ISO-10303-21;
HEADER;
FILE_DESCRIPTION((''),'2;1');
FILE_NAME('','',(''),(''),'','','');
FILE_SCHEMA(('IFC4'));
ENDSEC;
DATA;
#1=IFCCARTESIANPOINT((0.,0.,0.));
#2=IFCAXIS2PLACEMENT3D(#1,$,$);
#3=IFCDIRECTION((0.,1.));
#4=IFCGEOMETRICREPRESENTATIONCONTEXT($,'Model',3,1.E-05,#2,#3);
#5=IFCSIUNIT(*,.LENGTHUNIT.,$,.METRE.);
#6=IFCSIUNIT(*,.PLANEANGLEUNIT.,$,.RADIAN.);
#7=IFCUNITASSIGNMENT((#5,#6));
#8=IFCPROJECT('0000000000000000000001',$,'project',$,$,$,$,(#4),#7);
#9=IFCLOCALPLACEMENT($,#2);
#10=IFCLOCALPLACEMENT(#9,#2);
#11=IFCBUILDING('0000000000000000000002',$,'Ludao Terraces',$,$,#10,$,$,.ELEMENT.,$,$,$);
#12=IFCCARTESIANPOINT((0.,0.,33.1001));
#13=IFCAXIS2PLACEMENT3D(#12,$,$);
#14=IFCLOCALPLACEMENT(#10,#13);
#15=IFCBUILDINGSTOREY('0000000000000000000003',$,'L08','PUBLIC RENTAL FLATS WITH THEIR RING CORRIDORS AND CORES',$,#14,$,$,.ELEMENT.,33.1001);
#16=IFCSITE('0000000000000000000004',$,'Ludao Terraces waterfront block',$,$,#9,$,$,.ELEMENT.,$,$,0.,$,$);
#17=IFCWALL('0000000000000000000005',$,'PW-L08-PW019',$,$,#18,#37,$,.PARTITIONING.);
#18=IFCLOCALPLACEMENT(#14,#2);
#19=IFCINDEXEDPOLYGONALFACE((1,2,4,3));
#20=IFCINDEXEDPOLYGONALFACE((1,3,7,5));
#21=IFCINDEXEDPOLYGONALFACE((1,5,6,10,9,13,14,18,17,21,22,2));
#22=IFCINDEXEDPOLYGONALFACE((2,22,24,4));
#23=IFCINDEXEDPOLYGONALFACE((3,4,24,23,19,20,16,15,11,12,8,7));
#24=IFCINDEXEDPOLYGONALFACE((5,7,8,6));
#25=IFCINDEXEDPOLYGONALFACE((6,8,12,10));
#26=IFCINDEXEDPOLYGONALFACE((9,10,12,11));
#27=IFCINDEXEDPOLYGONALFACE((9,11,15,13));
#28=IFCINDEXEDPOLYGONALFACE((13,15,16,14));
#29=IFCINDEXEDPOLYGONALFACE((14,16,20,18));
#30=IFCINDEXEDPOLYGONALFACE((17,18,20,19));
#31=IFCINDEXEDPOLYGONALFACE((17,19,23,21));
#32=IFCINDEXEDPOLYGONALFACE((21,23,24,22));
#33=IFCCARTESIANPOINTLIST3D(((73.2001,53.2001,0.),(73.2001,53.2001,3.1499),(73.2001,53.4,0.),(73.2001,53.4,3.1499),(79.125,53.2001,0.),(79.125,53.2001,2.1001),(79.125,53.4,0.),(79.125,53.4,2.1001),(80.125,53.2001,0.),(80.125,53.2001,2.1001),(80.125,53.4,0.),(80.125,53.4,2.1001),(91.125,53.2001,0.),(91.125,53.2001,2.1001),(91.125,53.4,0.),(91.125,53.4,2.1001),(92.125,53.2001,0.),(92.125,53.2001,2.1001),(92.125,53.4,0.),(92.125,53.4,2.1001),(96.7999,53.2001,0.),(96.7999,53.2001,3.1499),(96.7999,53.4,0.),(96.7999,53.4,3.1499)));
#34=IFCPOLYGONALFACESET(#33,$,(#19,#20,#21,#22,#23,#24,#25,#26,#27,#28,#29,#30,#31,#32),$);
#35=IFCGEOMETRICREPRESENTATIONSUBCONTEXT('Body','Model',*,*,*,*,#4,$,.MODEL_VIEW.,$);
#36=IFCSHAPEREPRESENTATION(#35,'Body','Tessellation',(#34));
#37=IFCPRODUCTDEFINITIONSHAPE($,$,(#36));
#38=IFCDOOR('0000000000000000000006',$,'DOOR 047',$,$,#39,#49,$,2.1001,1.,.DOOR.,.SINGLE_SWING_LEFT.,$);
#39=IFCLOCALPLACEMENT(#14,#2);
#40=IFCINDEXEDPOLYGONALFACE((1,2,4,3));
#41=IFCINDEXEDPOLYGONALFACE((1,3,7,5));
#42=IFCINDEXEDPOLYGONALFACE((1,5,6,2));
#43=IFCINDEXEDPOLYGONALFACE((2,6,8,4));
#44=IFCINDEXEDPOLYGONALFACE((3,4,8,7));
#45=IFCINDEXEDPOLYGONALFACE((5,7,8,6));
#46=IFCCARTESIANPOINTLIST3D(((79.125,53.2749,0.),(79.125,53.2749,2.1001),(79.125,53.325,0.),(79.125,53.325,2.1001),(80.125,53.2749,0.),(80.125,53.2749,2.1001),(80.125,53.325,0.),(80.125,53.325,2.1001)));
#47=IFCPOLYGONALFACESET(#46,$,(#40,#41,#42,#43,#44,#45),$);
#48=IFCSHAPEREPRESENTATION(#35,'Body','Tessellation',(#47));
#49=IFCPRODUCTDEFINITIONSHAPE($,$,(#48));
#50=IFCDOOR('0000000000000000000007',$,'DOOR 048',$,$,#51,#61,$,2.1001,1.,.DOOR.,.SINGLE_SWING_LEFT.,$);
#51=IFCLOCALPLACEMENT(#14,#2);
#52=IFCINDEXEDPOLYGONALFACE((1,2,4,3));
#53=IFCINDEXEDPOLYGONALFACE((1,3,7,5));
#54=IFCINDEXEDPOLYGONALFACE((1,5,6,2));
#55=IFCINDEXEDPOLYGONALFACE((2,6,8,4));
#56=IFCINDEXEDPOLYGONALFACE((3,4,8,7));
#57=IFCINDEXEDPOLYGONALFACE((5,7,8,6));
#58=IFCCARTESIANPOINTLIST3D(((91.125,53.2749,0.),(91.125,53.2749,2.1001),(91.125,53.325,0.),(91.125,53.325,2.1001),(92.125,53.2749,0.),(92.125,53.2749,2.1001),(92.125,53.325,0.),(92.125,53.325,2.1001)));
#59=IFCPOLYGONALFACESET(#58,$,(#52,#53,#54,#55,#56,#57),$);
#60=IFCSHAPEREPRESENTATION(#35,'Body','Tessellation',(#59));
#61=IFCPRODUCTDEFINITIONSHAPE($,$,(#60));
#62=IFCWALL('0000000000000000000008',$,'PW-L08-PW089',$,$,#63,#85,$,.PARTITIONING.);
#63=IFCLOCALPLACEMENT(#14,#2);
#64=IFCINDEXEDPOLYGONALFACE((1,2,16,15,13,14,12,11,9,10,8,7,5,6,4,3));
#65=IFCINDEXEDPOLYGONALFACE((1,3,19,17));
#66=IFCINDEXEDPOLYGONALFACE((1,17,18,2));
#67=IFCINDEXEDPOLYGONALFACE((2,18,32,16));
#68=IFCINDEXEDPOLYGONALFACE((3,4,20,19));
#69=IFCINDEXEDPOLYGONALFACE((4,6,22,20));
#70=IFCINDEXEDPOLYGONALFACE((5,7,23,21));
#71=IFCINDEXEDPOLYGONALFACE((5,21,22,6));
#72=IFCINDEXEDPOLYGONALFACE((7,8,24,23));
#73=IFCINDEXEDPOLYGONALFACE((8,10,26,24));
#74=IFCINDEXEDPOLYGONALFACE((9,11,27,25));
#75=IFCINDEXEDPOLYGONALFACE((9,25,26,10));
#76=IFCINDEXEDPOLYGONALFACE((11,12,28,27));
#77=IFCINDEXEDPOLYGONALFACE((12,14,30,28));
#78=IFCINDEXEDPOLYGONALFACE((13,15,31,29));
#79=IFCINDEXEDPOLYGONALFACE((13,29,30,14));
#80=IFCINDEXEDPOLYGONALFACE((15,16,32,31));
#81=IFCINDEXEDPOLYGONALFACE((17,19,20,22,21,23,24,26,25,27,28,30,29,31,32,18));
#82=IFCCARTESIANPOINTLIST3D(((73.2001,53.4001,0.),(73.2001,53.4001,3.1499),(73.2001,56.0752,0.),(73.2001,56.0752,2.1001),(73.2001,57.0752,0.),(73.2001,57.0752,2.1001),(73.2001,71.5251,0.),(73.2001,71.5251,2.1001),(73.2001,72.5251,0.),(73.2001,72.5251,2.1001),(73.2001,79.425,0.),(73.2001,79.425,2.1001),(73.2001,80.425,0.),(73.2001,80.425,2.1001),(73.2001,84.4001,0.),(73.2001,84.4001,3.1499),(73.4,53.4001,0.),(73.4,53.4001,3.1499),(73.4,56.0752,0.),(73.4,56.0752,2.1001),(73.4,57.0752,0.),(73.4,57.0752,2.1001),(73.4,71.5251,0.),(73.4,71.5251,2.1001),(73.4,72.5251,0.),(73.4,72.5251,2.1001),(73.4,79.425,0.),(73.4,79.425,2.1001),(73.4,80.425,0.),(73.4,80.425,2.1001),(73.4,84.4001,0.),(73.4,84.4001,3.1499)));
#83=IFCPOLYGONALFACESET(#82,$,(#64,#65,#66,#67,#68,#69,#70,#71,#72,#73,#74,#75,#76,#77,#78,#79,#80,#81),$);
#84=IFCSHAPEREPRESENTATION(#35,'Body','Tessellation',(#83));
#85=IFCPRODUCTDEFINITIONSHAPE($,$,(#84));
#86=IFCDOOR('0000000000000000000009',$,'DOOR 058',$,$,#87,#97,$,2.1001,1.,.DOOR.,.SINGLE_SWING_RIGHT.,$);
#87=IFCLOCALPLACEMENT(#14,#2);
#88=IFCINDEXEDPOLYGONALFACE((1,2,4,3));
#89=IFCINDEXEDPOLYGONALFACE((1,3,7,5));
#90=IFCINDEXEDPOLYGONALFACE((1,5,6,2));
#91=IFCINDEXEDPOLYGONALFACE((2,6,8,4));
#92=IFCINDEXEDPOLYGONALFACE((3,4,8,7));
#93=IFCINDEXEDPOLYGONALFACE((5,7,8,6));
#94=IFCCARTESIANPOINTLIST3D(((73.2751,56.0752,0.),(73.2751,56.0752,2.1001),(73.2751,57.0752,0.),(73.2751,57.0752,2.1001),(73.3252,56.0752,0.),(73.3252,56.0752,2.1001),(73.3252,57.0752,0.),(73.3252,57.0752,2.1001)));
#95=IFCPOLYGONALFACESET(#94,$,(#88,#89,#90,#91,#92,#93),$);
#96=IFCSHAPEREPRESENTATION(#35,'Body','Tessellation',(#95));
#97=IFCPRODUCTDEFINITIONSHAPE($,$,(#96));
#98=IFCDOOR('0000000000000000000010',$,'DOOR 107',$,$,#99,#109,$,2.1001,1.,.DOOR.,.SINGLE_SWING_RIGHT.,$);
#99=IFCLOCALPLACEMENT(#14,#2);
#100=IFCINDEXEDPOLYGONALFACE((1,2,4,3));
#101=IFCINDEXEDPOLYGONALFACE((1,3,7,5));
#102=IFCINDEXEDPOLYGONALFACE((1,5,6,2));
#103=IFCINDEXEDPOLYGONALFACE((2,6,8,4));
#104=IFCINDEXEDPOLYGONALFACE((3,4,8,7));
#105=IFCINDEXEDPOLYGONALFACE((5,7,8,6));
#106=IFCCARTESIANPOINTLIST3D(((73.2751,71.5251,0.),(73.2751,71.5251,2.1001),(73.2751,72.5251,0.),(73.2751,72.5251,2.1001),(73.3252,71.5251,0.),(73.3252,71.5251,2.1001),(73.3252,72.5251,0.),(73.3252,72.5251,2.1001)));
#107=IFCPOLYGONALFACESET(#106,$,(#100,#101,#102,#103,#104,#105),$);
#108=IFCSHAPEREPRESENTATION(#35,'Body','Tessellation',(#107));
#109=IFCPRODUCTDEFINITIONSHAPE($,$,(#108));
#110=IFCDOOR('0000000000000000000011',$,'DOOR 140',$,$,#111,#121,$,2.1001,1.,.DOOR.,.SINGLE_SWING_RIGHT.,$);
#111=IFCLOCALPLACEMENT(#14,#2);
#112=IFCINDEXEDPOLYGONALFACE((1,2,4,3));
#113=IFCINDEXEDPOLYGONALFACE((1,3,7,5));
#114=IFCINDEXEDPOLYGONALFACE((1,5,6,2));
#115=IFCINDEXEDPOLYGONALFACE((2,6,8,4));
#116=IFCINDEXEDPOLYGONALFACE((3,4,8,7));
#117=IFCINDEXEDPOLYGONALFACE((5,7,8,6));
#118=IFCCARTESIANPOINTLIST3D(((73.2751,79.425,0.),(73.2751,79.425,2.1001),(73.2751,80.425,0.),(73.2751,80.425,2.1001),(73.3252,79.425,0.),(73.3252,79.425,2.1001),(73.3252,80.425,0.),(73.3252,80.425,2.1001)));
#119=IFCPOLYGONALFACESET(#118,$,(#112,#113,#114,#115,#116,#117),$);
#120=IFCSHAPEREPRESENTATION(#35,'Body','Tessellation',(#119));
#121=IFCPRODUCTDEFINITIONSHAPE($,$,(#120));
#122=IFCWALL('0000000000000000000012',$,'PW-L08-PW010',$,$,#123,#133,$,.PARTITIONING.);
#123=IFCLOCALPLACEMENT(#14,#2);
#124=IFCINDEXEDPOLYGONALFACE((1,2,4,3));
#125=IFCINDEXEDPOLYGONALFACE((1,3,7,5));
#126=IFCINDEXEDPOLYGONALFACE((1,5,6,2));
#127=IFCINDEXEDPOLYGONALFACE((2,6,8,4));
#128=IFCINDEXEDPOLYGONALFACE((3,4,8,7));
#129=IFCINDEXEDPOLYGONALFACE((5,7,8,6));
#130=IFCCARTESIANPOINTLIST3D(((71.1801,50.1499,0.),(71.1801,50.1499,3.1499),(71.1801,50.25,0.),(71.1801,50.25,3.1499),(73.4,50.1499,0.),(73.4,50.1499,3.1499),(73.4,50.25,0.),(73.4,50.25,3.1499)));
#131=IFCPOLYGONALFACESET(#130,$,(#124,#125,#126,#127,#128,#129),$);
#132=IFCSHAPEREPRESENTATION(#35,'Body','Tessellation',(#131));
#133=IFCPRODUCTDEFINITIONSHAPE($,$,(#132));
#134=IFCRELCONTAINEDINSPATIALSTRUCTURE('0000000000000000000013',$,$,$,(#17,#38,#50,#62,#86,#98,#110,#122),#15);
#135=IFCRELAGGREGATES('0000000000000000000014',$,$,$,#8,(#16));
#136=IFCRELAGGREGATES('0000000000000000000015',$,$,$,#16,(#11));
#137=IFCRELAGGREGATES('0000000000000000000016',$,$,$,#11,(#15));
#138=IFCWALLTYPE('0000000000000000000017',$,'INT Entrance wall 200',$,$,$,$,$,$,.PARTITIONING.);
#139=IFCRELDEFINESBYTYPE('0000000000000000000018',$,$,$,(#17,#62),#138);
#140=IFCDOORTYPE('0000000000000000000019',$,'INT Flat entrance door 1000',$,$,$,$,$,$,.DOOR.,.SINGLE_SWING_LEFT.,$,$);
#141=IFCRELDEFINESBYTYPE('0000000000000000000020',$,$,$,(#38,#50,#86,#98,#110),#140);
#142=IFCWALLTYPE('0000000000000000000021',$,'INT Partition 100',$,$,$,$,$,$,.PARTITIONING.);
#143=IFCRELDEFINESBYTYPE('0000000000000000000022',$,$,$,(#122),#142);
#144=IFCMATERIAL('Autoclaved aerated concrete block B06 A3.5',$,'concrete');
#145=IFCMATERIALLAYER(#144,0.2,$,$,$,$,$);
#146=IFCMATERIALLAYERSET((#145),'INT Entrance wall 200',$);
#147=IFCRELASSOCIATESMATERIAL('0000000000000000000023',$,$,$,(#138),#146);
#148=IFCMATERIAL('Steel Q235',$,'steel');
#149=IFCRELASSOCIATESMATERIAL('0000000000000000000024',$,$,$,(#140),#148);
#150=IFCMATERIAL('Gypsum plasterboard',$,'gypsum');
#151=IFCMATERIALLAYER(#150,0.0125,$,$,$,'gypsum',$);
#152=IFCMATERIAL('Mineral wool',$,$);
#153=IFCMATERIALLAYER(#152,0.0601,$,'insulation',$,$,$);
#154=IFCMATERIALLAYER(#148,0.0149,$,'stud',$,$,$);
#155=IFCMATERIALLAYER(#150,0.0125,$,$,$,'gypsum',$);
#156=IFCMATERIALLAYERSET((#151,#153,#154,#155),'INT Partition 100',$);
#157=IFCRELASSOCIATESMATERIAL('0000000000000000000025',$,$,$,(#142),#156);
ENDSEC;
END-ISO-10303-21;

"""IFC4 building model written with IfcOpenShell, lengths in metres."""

from ifc_helpers import new_model, si_unit, direction, frame, frame_2d, origin, place, context, subcontext, project, spatial, rectangle, extrude, material, layer, layer_set, type_object, element, fill, save


model = new_model("IFC4")

# Units and contexts
model_context = context("Model", 3, precision=1e-05, world=origin(), true_north=direction((0.0, 1.0)))
body_context = subcontext(model_context, "Body", "Model", "MODEL_VIEW")
ifc_project = project(units=[si_unit("LENGTHUNIT", "METRE"), si_unit("PLANEANGLEUNIT", "RADIAN")], contexts=[model_context])

# Site, building, storey
site_placement = place(None, origin())
site = spatial("IfcSite", under=ifc_project, at=site_placement, Name="Ludao Terraces waterfront block", CompositionType="ELEMENT", RefElevation=0.0)
building_placement = place(site_placement, origin())
building = spatial("IfcBuilding", under=site, at=building_placement, Name="Ludao Terraces", CompositionType="ELEMENT")
storey_placement = place(building_placement, frame((0.0, 0.0, 33.1001)))
storey = spatial("IfcBuildingStorey", under=building, at=storey_placement, Name="L08", Description="PUBLIC RENTAL FLATS WITH THEIR RING CORRIDORS AND CORES", CompositionType="ELEMENT", Elevation=33.1001)

# Walls, openings, doors
ifc_material_1 = material(Name="Autoclaved aerated concrete block B06 A3.5", Category="concrete")
ifc_layer_1 = layer(ifc_material_1, 0.2)
ifc_layer_set_1 = layer_set([ifc_layer_1], Name="INT Entrance wall 200")
wall_type_1 = type_object("IfcWallType", Name="INT Entrance wall 200", PredefinedType="PARTITIONING", material=ifc_layer_set_1)
wall_1_placement = place(storey_placement, frame((73.2002, 53.3, 0.0), z_axis=(0.0, 0.0, 1.0), x_axis=(1.0, 0.0, 0.0)))
wall_1 = element("IfcWall", 1, at=wall_1_placement, inside=storey, type_object=wall_type_1, Name="PW-L08-PW019", PredefinedType="PARTITIONING", context=body_context, shape_type="SweptSolid", body=[
    extrude(rectangle(XDim=23.5999, YDim=0.2, at=frame_2d((11.7998, 0.0))), origin(), (0.0, 0.0, 1.0), 3.1499),
])
opening_1_placement = place(wall_1_placement, frame((5.9248, 0.0, 0.0)))
opening_1 = element("IfcOpeningElement", 2, at=opening_1_placement, cuts=wall_1, PredefinedType="OPENING", context=body_context, shape_type="SweptSolid", body=[
    extrude(rectangle(XDim=1.0, YDim=2.1001, at=frame_2d((0.5, 1.05))), frame((0.0, 0.1099, 0.0), z_axis=(0.0, -1.0, 0.0), x_axis=(1.0, 0.0, 0.0)), (0.0, 0.0, 1.0), 0.22),
])
opening_2_placement = place(wall_1_placement, frame((17.9248, 0.0, 0.0)))
opening_2 = element("IfcOpeningElement", 3, at=opening_2_placement, cuts=wall_1, PredefinedType="OPENING", context=body_context, shape_type="SweptSolid", body=[
    extrude(rectangle(XDim=1.0, YDim=2.1001, at=frame_2d((0.5, 1.05))), frame((0.0, 0.1099, 0.0), z_axis=(0.0, -1.0, 0.0), x_axis=(1.0, 0.0, 0.0)), (0.0, 0.0, 1.0), 0.22),
])
ifc_material_2 = material(Name="Steel Q235", Category="steel")
door_type_1 = type_object("IfcDoorType", Name="INT Flat entrance door 1000", OperationType="SINGLE_SWING_LEFT", PredefinedType="DOOR", material=ifc_material_2)
door_1_placement = place(opening_1_placement, origin())
door_1 = element("IfcDoor", 4, at=door_1_placement, inside=storey, type_object=door_type_1, Name="DOOR 047", OperationType="SINGLE_SWING_LEFT", OverallHeight=2.1001, OverallWidth=1.0, PredefinedType="DOOR", context=body_context, shape_type="SweptSolid", body=[
    extrude(rectangle(XDim=1.0, YDim=2.1001, at=frame_2d((0.5, 1.05))), frame((0.0, 0.0249, 0.0), z_axis=(0.0, -1.0, 0.0), x_axis=(1.0, 0.0, 0.0)), (0.0, 0.0, 1.0), 0.05),
])
fill(opening_1, door_1)
door_2_placement = place(opening_2_placement, origin())
door_2 = element("IfcDoor", 5, at=door_2_placement, inside=storey, type_object=door_type_1, Name="DOOR 048", OperationType="SINGLE_SWING_LEFT", OverallHeight=2.1001, OverallWidth=1.0, PredefinedType="DOOR", context=body_context, shape_type="SweptSolid", body=[
    extrude(rectangle(XDim=1.0, YDim=2.1001, at=frame_2d((0.5, 1.05))), frame((0.0, 0.0249, 0.0), z_axis=(0.0, -1.0, 0.0), x_axis=(1.0, 0.0, 0.0)), (0.0, 0.0, 1.0), 0.05),
])
fill(opening_2, door_2)
wall_2_placement = place(storey_placement, frame((73.3, 53.4001, 0.0), z_axis=(0.0, 0.0, 1.0), x_axis=(0.0, 1.0, 0.0)))
wall_2 = element("IfcWall", 6, at=wall_2_placement, inside=storey, type_object=wall_type_1, Name="PW-L08-PW089", PredefinedType="PARTITIONING", context=body_context, shape_type="SweptSolid", body=[
    extrude(rectangle(XDim=31.0, YDim=0.2, at=frame_2d((15.5, 0.0))), origin(), (0.0, 0.0, 1.0), 3.1499),
])
opening_3_placement = place(wall_2_placement, frame((2.675, 0.0, 0.0)))
opening_3 = element("IfcOpeningElement", 7, at=opening_3_placement, cuts=wall_2, PredefinedType="OPENING", context=body_context, shape_type="SweptSolid", body=[
    extrude(rectangle(XDim=1.0, YDim=2.1001, at=frame_2d((0.5, 1.05))), frame((0.0, 0.1099, 0.0), z_axis=(0.0, -1.0, 0.0), x_axis=(1.0, 0.0, 0.0)), (0.0, 0.0, 1.0), 0.22),
])
opening_4_placement = place(wall_2_placement, frame((18.125, 0.0, 0.0)))
opening_4 = element("IfcOpeningElement", 8, at=opening_4_placement, cuts=wall_2, PredefinedType="OPENING", context=body_context, shape_type="SweptSolid", body=[
    extrude(rectangle(XDim=1.0, YDim=2.1001, at=frame_2d((0.5, 1.05))), frame((0.0, 0.1099, 0.0), z_axis=(0.0, -1.0, 0.0), x_axis=(1.0, 0.0, 0.0)), (0.0, 0.0, 1.0), 0.22),
])
opening_5_placement = place(wall_2_placement, frame((26.0249, 0.0, 0.0)))
opening_5 = element("IfcOpeningElement", 9, at=opening_5_placement, cuts=wall_2, PredefinedType="OPENING", context=body_context, shape_type="SweptSolid", body=[
    extrude(rectangle(XDim=1.0, YDim=2.1001, at=frame_2d((0.5, 1.05))), frame((0.0, 0.1099, 0.0), z_axis=(0.0, -1.0, 0.0), x_axis=(1.0, 0.0, 0.0)), (0.0, 0.0, 1.0), 0.22),
])
door_3_placement = place(opening_3_placement, origin())
door_3 = element("IfcDoor", 10, at=door_3_placement, inside=storey, type_object=door_type_1, Name="DOOR 058", OperationType="SINGLE_SWING_RIGHT", OverallHeight=2.1001, OverallWidth=1.0, PredefinedType="DOOR", context=body_context, shape_type="SweptSolid", body=[
    extrude(rectangle(XDim=1.0, YDim=2.1001, at=frame_2d((0.5, 1.05))), frame((0.0, 0.0249, 0.0), z_axis=(0.0, -1.0, 0.0), x_axis=(1.0, 0.0, 0.0)), (0.0, 0.0, 1.0), 0.05),
])
fill(opening_3, door_3)
door_4_placement = place(opening_4_placement, origin())
door_4 = element("IfcDoor", 11, at=door_4_placement, inside=storey, type_object=door_type_1, Name="DOOR 107", OperationType="SINGLE_SWING_RIGHT", OverallHeight=2.1001, OverallWidth=1.0, PredefinedType="DOOR", context=body_context, shape_type="SweptSolid", body=[
    extrude(rectangle(XDim=1.0, YDim=2.1001, at=frame_2d((0.5, 1.05))), frame((0.0, 0.0249, 0.0), z_axis=(0.0, -1.0, 0.0), x_axis=(1.0, 0.0, 0.0)), (0.0, 0.0, 1.0), 0.05),
])
fill(opening_4, door_4)
door_5_placement = place(opening_5_placement, origin())
door_5 = element("IfcDoor", 12, at=door_5_placement, inside=storey, type_object=door_type_1, Name="DOOR 140", OperationType="SINGLE_SWING_RIGHT", OverallHeight=2.1001, OverallWidth=1.0, PredefinedType="DOOR", context=body_context, shape_type="SweptSolid", body=[
    extrude(rectangle(XDim=1.0, YDim=2.1001, at=frame_2d((0.5, 1.05))), frame((0.0, 0.0249, 0.0), z_axis=(0.0, -1.0, 0.0), x_axis=(1.0, 0.0, 0.0)), (0.0, 0.0, 1.0), 0.05),
])
fill(opening_5, door_5)

# Wall
ifc_material_3 = material(Name="Gypsum plasterboard", Category="gypsum")
ifc_layer_2 = layer(ifc_material_3, 0.0125, Category="gypsum")
ifc_material_4 = material(Name="Mineral wool")
ifc_layer_3 = layer(ifc_material_4, 0.0601, Name="insulation")
ifc_layer_4 = layer(ifc_material_2, 0.0149, Name="stud")
ifc_layer_5 = layer(ifc_material_3, 0.0125, Category="gypsum")
ifc_layer_set_2 = layer_set([ifc_layer_2, ifc_layer_3, ifc_layer_4, ifc_layer_5], Name="INT Partition 100")
wall_type_2 = type_object("IfcWallType", Name="INT Partition 100", PredefinedType="PARTITIONING", material=ifc_layer_set_2)
wall_3_placement = place(storey_placement, frame((71.1802, 50.2, 0.0), z_axis=(0.0, 0.0, 1.0), x_axis=(1.0, 0.0, 0.0)))
element("IfcWall", 13, at=wall_3_placement, inside=storey, type_object=wall_type_2, Name="PW-L08-PW010", PredefinedType="PARTITIONING", context=body_context, shape_type="SweptSolid", body=[
    extrude(rectangle(XDim=2.22, YDim=0.1001, at=frame_2d((1.1099, 0.0))), origin(), (0.0, 0.0, 1.0), 3.1499),
])

save(model, "model.ifc")
